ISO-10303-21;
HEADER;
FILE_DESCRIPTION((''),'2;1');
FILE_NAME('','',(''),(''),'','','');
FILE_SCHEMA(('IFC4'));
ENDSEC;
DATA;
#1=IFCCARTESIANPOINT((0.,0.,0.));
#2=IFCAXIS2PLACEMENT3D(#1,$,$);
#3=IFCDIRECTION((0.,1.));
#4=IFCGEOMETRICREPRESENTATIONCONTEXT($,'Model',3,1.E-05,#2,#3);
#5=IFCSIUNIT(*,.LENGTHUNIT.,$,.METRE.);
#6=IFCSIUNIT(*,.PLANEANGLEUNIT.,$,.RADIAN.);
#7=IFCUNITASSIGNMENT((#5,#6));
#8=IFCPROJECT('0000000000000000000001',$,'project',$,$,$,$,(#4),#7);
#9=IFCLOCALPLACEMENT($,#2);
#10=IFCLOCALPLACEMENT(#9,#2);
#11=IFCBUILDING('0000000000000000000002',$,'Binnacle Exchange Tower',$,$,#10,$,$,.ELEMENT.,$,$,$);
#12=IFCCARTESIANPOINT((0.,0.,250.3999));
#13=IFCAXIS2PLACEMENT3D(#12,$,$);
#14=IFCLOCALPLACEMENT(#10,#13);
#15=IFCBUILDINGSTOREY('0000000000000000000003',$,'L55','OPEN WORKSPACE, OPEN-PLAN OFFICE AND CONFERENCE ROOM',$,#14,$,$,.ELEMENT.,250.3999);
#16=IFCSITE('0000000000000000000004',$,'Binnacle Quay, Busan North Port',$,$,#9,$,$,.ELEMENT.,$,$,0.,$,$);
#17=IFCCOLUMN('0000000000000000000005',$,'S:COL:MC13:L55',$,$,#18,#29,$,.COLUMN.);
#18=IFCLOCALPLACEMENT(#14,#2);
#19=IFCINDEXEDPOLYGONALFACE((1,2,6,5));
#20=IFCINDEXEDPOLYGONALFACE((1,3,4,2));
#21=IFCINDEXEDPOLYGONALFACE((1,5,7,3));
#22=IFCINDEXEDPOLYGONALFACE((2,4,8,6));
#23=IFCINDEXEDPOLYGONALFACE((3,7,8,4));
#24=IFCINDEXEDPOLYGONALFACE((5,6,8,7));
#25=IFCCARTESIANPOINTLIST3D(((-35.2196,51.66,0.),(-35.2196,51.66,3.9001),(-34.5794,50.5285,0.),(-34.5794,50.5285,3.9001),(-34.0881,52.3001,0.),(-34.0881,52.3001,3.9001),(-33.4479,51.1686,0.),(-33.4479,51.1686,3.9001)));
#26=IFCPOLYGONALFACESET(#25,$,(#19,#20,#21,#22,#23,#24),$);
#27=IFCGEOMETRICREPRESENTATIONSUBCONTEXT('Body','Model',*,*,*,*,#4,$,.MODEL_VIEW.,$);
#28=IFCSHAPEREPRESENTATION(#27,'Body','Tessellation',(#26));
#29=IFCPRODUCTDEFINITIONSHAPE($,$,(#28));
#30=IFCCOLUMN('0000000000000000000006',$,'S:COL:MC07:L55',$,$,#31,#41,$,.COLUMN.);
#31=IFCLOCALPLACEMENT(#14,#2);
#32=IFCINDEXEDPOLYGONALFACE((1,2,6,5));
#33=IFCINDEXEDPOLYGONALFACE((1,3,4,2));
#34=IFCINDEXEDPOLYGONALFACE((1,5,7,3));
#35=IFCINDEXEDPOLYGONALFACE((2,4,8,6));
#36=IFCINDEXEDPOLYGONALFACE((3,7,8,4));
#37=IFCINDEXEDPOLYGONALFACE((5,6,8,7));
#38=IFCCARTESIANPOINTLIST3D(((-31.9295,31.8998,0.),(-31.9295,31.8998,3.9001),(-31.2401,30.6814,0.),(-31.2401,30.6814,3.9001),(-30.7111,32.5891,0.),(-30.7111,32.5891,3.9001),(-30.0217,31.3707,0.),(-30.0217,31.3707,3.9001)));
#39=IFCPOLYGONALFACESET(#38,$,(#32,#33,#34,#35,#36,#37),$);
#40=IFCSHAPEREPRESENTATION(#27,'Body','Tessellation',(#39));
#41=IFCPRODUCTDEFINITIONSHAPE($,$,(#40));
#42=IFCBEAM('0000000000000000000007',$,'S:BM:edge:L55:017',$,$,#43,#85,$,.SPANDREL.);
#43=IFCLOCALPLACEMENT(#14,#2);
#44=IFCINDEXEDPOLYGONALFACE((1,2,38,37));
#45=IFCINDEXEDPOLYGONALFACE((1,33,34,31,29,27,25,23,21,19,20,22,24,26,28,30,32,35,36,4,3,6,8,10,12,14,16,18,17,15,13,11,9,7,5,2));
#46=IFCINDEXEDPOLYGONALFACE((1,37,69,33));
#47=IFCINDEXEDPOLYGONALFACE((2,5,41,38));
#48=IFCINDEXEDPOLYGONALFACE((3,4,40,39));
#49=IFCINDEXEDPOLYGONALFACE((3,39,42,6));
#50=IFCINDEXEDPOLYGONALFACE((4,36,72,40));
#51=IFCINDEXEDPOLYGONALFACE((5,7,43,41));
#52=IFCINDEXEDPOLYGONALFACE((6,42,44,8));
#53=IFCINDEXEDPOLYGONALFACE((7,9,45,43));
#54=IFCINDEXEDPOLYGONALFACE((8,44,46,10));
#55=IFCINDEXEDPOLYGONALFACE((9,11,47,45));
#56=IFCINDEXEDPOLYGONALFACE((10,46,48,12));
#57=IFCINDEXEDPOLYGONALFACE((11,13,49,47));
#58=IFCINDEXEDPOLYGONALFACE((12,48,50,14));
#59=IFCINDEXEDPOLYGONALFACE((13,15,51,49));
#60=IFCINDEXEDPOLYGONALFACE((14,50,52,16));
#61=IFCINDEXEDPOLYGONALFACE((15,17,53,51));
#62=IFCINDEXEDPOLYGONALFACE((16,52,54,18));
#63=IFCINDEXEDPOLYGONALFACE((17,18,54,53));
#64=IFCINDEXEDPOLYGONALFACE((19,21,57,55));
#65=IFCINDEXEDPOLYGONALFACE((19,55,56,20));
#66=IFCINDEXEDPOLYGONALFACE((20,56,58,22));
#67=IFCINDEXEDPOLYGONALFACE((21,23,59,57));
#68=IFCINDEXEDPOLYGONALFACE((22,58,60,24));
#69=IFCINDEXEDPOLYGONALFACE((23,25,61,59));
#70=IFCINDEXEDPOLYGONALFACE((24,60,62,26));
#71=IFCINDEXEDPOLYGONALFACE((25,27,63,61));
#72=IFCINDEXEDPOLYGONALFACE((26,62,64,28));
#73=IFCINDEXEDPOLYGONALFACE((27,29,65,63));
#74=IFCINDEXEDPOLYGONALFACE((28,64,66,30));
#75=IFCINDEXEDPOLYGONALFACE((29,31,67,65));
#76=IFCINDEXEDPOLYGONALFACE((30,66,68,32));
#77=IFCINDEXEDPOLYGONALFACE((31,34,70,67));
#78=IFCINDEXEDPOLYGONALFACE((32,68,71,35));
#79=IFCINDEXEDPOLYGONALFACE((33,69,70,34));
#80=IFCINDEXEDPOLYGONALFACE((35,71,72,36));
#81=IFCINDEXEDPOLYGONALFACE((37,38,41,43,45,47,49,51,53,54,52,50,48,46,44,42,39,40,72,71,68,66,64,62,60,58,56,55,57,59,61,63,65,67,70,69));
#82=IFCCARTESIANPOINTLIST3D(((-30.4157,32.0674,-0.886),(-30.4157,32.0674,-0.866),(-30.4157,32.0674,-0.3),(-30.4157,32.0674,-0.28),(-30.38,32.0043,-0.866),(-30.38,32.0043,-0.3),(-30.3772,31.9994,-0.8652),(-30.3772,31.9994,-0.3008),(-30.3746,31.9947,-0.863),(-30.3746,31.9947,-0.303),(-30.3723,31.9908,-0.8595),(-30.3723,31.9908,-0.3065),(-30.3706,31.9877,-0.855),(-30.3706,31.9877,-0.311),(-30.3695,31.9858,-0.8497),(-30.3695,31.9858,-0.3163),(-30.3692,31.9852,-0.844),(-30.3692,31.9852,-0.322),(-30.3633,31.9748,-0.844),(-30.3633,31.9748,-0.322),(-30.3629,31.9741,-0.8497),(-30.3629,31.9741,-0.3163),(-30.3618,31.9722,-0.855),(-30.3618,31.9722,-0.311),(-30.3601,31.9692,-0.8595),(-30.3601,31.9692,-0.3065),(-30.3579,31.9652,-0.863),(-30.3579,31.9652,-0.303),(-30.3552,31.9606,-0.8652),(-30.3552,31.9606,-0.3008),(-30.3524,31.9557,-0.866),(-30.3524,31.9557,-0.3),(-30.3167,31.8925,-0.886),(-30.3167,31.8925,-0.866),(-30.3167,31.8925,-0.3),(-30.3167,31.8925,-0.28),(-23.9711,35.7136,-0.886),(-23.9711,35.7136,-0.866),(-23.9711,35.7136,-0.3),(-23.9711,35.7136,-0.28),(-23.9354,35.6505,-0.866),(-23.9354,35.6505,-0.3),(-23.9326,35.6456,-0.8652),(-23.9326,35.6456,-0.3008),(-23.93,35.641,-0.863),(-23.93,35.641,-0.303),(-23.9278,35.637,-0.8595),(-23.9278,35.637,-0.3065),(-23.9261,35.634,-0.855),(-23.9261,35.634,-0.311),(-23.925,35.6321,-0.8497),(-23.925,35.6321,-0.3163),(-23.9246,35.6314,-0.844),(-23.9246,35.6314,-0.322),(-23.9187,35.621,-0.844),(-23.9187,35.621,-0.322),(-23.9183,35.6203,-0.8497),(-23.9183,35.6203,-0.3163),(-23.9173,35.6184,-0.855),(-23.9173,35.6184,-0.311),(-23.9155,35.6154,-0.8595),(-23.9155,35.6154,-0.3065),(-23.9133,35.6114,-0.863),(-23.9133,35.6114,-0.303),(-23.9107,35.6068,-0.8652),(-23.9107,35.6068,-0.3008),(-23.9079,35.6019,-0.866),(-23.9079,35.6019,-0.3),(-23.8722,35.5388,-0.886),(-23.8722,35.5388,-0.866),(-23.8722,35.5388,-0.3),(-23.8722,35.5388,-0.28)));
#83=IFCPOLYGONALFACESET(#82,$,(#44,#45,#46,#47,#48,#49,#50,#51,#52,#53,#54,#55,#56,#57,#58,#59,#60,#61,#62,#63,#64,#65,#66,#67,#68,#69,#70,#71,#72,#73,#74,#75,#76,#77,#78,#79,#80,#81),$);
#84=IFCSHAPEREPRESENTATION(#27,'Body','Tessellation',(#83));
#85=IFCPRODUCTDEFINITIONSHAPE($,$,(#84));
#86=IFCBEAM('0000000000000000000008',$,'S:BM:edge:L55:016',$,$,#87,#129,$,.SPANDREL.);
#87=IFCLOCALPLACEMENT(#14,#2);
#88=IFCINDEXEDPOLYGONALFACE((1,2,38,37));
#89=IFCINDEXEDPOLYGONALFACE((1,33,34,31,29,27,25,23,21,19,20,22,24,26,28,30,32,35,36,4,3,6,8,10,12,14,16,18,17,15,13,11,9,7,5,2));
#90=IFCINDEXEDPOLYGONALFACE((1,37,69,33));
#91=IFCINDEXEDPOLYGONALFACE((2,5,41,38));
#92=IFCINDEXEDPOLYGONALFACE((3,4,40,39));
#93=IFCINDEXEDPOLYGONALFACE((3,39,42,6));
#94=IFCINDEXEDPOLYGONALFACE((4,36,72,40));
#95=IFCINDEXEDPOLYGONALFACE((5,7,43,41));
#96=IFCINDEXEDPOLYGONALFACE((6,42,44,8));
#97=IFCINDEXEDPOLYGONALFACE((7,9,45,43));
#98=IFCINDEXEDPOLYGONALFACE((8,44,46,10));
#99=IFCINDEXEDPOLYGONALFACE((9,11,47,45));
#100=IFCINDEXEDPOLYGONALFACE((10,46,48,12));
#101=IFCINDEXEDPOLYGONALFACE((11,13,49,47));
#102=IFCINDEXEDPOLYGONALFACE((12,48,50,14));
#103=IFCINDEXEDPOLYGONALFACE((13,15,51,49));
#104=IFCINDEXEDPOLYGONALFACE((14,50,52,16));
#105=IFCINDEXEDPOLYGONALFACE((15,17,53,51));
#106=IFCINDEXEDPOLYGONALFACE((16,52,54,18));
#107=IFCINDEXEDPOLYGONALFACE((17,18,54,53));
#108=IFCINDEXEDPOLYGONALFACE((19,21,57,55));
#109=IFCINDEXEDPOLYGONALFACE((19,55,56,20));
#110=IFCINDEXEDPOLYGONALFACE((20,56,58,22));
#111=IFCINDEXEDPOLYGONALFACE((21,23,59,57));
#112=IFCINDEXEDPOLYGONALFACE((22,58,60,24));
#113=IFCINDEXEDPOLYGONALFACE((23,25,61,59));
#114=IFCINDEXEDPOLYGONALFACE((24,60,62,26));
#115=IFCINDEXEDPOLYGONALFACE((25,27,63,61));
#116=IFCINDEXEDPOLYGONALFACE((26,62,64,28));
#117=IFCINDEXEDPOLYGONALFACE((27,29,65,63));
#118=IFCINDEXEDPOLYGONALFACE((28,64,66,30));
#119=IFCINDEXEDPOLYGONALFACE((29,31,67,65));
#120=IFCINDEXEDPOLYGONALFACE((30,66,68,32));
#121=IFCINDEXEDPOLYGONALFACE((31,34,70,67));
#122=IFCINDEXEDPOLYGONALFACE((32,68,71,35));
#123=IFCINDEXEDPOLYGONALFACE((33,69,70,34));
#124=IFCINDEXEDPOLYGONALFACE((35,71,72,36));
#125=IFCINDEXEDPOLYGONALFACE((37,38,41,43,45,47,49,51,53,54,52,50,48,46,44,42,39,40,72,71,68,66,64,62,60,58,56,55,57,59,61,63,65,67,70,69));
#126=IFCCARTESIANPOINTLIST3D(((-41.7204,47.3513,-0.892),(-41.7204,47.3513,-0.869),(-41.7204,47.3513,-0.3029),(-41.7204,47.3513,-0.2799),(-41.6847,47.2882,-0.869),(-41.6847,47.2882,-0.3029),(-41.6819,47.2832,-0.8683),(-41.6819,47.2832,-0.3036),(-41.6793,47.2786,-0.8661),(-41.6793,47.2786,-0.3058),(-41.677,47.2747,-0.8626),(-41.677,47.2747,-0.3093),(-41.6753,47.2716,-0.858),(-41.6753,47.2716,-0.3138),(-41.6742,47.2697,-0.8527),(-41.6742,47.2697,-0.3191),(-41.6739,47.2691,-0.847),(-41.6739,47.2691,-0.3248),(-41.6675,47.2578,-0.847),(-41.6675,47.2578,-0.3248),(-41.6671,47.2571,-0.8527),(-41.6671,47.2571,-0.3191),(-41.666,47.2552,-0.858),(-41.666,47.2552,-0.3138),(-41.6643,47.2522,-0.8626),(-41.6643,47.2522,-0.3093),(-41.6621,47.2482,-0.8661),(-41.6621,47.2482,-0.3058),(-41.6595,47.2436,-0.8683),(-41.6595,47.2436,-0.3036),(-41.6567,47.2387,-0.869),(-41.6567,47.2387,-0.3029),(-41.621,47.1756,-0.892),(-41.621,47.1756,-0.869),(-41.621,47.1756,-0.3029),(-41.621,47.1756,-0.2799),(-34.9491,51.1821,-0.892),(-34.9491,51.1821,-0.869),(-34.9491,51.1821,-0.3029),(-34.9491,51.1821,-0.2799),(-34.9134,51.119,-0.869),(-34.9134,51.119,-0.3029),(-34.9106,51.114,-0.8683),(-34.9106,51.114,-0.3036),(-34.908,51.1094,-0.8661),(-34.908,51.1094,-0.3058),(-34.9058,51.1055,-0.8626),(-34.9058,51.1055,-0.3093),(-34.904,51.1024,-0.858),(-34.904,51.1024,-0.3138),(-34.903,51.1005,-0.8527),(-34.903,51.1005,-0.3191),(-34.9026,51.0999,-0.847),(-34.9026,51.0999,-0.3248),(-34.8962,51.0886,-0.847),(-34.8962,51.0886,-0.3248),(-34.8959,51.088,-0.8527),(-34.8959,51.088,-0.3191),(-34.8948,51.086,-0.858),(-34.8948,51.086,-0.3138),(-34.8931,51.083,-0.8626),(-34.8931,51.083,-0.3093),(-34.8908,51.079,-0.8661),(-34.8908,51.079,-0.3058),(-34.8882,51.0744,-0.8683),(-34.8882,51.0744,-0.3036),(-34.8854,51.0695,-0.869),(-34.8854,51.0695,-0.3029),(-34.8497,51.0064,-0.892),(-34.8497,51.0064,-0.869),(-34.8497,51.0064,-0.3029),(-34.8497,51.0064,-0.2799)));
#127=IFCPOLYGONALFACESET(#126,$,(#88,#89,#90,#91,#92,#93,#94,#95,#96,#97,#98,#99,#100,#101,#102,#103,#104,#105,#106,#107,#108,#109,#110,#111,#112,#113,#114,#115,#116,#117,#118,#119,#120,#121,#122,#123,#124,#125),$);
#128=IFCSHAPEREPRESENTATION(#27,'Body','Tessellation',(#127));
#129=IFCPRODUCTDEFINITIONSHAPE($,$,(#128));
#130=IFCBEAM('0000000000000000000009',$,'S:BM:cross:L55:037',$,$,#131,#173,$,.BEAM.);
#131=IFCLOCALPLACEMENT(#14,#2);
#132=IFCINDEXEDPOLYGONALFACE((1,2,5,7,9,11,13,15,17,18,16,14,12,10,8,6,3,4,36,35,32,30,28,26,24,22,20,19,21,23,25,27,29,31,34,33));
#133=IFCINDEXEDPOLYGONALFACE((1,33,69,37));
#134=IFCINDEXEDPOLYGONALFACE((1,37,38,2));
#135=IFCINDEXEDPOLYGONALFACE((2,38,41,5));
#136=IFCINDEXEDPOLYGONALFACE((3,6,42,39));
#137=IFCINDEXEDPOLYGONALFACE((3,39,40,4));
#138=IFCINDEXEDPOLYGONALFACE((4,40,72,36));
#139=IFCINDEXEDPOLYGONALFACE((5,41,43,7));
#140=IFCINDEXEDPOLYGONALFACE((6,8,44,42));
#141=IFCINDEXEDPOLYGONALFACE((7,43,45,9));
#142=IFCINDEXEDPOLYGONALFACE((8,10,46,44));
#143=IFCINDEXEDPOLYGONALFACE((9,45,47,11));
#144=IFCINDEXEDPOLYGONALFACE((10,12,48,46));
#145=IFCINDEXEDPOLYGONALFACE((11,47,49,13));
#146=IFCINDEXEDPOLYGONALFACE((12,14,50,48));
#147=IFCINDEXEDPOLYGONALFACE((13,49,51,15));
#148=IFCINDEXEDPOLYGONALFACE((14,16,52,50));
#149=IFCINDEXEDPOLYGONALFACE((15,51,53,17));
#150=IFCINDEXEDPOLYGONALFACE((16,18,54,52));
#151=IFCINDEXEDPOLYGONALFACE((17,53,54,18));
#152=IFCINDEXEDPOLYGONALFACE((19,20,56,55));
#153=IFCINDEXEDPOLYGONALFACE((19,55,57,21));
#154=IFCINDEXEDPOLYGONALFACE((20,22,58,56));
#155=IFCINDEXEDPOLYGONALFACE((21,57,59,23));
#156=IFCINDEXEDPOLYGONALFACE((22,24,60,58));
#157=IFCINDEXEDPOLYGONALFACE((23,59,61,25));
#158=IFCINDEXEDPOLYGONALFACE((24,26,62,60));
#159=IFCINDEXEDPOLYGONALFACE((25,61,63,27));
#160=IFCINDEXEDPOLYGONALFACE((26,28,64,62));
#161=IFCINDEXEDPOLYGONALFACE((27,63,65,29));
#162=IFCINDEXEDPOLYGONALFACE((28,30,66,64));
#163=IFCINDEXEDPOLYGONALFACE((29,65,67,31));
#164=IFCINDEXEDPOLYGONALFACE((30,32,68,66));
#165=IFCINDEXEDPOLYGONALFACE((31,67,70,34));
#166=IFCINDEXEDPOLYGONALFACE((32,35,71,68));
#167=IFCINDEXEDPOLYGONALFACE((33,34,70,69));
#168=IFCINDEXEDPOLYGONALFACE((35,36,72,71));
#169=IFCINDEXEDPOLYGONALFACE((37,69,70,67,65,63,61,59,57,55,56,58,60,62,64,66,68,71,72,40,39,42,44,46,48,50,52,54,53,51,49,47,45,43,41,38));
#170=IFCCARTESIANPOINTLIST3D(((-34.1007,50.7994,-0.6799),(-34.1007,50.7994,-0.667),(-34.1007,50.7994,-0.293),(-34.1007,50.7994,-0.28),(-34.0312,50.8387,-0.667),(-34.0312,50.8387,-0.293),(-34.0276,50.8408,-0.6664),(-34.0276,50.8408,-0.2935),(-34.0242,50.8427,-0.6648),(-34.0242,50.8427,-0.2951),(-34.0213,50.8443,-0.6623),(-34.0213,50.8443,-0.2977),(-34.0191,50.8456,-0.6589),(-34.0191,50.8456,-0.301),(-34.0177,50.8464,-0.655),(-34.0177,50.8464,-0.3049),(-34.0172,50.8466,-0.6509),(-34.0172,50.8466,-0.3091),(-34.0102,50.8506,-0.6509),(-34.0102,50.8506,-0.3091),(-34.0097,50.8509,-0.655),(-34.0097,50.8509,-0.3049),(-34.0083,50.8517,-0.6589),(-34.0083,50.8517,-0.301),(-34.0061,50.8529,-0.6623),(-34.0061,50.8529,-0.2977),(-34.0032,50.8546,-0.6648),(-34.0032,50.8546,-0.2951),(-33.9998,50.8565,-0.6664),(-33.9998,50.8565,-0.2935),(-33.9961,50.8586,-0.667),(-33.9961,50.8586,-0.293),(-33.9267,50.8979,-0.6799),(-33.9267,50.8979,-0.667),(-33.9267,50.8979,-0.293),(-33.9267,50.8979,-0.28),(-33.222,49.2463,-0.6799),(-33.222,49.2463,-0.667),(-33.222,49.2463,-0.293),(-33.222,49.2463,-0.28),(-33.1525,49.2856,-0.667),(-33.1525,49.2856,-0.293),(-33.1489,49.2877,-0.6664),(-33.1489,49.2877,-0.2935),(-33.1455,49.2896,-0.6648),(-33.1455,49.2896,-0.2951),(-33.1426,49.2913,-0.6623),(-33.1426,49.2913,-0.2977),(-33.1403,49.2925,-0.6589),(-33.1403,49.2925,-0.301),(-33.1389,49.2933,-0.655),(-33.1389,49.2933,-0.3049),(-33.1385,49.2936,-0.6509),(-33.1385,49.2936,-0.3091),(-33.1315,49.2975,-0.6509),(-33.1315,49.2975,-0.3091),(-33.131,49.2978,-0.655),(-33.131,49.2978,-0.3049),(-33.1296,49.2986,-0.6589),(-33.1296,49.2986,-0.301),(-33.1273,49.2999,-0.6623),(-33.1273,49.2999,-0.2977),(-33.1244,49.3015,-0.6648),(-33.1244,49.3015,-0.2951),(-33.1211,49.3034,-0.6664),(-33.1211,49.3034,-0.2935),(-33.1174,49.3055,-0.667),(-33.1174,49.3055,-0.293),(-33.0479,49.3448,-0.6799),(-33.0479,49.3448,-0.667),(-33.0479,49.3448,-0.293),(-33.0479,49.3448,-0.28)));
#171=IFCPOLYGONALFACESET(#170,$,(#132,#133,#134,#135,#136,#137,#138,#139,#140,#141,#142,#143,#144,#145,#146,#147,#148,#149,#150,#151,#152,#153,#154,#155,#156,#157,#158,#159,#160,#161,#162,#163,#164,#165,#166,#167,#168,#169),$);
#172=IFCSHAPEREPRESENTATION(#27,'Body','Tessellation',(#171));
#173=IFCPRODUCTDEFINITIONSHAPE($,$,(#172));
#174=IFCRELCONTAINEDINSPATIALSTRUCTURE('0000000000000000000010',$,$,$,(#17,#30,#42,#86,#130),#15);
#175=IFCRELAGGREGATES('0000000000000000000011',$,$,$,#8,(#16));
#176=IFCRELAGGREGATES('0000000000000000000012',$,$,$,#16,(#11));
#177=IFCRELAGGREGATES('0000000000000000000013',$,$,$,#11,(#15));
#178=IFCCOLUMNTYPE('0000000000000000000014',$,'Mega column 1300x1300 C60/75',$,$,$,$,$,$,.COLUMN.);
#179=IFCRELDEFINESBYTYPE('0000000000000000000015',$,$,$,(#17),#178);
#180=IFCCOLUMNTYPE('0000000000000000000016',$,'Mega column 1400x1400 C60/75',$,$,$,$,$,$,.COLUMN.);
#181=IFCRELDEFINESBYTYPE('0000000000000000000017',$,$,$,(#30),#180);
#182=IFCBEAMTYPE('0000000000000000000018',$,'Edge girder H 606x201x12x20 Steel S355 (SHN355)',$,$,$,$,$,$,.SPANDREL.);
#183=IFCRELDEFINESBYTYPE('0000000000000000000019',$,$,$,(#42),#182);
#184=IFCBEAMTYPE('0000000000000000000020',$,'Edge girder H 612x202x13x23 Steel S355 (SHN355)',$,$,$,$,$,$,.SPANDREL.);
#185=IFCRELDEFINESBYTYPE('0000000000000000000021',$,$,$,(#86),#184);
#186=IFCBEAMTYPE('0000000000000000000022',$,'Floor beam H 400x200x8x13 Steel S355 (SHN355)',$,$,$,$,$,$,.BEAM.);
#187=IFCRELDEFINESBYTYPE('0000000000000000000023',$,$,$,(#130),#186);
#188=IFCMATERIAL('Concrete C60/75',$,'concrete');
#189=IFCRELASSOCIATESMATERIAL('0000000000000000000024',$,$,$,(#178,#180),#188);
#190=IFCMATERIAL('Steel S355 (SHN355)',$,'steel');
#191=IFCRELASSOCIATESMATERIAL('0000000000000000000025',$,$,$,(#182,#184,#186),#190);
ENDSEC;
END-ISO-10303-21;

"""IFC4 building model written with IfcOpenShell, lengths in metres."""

from ifc_helpers import new_model, si_unit, direction, frame, origin, origin_2d, place, context, subcontext, project, spatial, rectangle, i_section, extrude, material, material_profile, profile_set, type_object, element, save


model = new_model("IFC4")

# Units and contexts
model_context = context("Model", 3, precision=1e-05, world=origin(), true_north=direction((0.0, 1.0)))
body_context = subcontext(model_context, "Body", "Model", "MODEL_VIEW")
ifc_project = project(units=[si_unit("LENGTHUNIT", "METRE"), si_unit("PLANEANGLEUNIT", "RADIAN")], contexts=[model_context])

# Site, building, storey
site_placement = place(None, origin())
site = spatial("IfcSite", under=ifc_project, at=site_placement, Name="Binnacle Quay, Busan North Port", CompositionType="ELEMENT", RefElevation=0.0)
building_placement = place(site_placement, origin())
building = spatial("IfcBuilding", under=site, at=building_placement, Name="Binnacle Exchange Tower", CompositionType="ELEMENT")
storey_placement = place(building_placement, frame((0.0, 0.0, 250.3999)))
storey = spatial("IfcBuildingStorey", under=building, at=storey_placement, Name="L55", Description="OPEN WORKSPACE, OPEN-PLAN OFFICE AND CONFERENCE ROOM", CompositionType="ELEMENT", Elevation=250.3999)

# Columns
ifc_material_1 = material(Name="Concrete C60/75", Category="concrete")
ifc_material_profile_1 = material_profile(ifc_material_1, rectangle(XDim=1.3, YDim=1.3, at=origin_2d()), Name="Mega column 1300x1300 C60/75")
ifc_profile_set_1 = profile_set([ifc_material_profile_1], Name="Concrete C60/75")
column_type_1 = type_object("IfcColumnType", Name="Mega column 1300x1300 C60/75", PredefinedType="COLUMN", material=ifc_profile_set_1)
column_1_placement = place(storey_placement, frame((-34.3337, 51.4143, 0.0), z_axis=(0.0, 0.0, 1.0), x_axis=(-0.870356, -0.492424, 0.0)))
element("IfcColumn", 1, at=column_1_placement, inside=storey, type_object=column_type_1, Name="S:COL:MC13:L55", PredefinedType="COLUMN", context=body_context, shape_type="SweptSolid", body=[
    extrude(rectangle(XDim=1.3, YDim=1.3, at=origin_2d()), origin(), (0.0, 0.0, 1.0), 3.9001),
])
ifc_material_profile_2 = material_profile(ifc_material_1, rectangle(XDim=1.3999, YDim=1.3999, at=origin_2d()), Name="Mega column 1400x1400 C60/75")
ifc_profile_set_2 = profile_set([ifc_material_profile_2], Name="Concrete C60/75")
column_type_2 = type_object("IfcColumnType", Name="Mega column 1400x1400 C60/75", PredefinedType="COLUMN", material=ifc_profile_set_2)
column_2_placement = place(storey_placement, frame((-30.9756, 31.6353, 0.0), z_axis=(0.0, 0.0, 1.0), x_axis=(0.870356, 0.492424, 0.0)))
element("IfcColumn", 2, at=column_2_placement, inside=storey, type_object=column_type_2, Name="S:COL:MC07:L55", PredefinedType="COLUMN", context=body_context, shape_type="SweptSolid", body=[
    extrude(rectangle(XDim=1.3999, YDim=1.3999, at=origin_2d()), origin(), (0.0, 0.0, 1.0), 3.9001),
])

# Beams
ifc_material_2 = material(Name="Steel S355 (SHN355)", Category="steel")
ifc_material_profile_3 = material_profile(ifc_material_2, i_section(OverallWidth=0.2009, OverallDepth=0.606, WebThickness=0.012, FlangeThickness=0.02, FilletRadius=0.022, at=origin_2d()), Name="H 606x201x12x20")
ifc_profile_set_3 = profile_set([ifc_material_profile_3], Name="Steel S355 (SHN355)")
beam_type_1 = type_object("IfcBeamType", Name="Edge girder H 606x201x12x20 Steel S355 (SHN355)", PredefinedType="SPANDREL", material=ifc_profile_set_3)
beam_1_placement = place(storey_placement, frame((-30.3662, 31.98, -0.583), z_axis=(0.870352, 0.492431, 0.0), x_axis=(-0.492431, 0.870352, 0.0)))
element("IfcBeam", 3, at=beam_1_placement, inside=storey, type_object=beam_type_1, Name="S:BM:edge:L55:017", PredefinedType="SPANDREL", context=body_context, shape_type="SweptSolid", body=[
    extrude(i_section(OverallWidth=0.2009, OverallDepth=0.606, WebThickness=0.012, FlangeThickness=0.02, FilletRadius=0.022, at=origin_2d()), origin(), (0.0, 0.0, 1.0), 7.4045),
])
ifc_material_profile_4 = material_profile(ifc_material_2, i_section(OverallWidth=0.2019, OverallDepth=0.6121, WebThickness=0.0129, FlangeThickness=0.0229, FilletRadius=0.022, at=origin_2d()), Name="H 612x202x13x23")
ifc_profile_set_4 = profile_set([ifc_material_profile_4], Name="Steel S355 (SHN355)")
beam_type_2 = type_object("IfcBeamType", Name="Edge girder H 612x202x13x23 Steel S355 (SHN355)", PredefinedType="SPANDREL", material=ifc_profile_set_4)
beam_2_placement = place(storey_placement, frame((-34.8994, 51.0942, -0.5859), z_axis=(-0.870365, -0.492407, 0.0), x_axis=(0.492407, -0.870365, 0.0)))
element("IfcBeam", 4, at=beam_2_placement, inside=storey, type_object=beam_type_2, Name="S:BM:edge:L55:016", PredefinedType="SPANDREL", context=body_context, shape_type="SweptSolid", body=[
    extrude(i_section(OverallWidth=0.2019, OverallDepth=0.6121, WebThickness=0.0129, FlangeThickness=0.0229, FilletRadius=0.022, at=origin_2d()), origin(), (0.0, 0.0, 1.0), 7.7798),
])
ifc_material_profile_5 = material_profile(ifc_material_2, i_section(OverallWidth=0.2, OverallDepth=0.3999, WebThickness=0.0081, FlangeThickness=0.0129, FilletRadius=0.0161, at=origin_2d()), Name="H 400x200x8x13")
ifc_profile_set_5 = profile_set([ifc_material_profile_5], Name="Steel S355 (SHN355)")
beam_type_3 = type_object("IfcBeamType", Name="Floor beam H 400x200x8x13 Steel S355 (SHN355)", PredefinedType="BEAM", material=ifc_profile_set_5)
beam_3_placement = place(storey_placement, frame((-34.0137, 50.8486, -0.48), z_axis=(0.492436, -0.870349, 0.0), x_axis=(0.870349, 0.492436, 0.0)))
element("IfcBeam", 5, at=beam_3_placement, inside=storey, type_object=beam_type_3, Name="S:BM:cross:L55:037", PredefinedType="BEAM", context=body_context, shape_type="SweptSolid", body=[
    extrude(i_section(OverallWidth=0.2, OverallDepth=0.3999, WebThickness=0.0081, FlangeThickness=0.0129, FilletRadius=0.0161, at=origin_2d()), origin(), (0.0, 0.0, 1.0), 1.7844),
])

save(model, "model.ifc")
